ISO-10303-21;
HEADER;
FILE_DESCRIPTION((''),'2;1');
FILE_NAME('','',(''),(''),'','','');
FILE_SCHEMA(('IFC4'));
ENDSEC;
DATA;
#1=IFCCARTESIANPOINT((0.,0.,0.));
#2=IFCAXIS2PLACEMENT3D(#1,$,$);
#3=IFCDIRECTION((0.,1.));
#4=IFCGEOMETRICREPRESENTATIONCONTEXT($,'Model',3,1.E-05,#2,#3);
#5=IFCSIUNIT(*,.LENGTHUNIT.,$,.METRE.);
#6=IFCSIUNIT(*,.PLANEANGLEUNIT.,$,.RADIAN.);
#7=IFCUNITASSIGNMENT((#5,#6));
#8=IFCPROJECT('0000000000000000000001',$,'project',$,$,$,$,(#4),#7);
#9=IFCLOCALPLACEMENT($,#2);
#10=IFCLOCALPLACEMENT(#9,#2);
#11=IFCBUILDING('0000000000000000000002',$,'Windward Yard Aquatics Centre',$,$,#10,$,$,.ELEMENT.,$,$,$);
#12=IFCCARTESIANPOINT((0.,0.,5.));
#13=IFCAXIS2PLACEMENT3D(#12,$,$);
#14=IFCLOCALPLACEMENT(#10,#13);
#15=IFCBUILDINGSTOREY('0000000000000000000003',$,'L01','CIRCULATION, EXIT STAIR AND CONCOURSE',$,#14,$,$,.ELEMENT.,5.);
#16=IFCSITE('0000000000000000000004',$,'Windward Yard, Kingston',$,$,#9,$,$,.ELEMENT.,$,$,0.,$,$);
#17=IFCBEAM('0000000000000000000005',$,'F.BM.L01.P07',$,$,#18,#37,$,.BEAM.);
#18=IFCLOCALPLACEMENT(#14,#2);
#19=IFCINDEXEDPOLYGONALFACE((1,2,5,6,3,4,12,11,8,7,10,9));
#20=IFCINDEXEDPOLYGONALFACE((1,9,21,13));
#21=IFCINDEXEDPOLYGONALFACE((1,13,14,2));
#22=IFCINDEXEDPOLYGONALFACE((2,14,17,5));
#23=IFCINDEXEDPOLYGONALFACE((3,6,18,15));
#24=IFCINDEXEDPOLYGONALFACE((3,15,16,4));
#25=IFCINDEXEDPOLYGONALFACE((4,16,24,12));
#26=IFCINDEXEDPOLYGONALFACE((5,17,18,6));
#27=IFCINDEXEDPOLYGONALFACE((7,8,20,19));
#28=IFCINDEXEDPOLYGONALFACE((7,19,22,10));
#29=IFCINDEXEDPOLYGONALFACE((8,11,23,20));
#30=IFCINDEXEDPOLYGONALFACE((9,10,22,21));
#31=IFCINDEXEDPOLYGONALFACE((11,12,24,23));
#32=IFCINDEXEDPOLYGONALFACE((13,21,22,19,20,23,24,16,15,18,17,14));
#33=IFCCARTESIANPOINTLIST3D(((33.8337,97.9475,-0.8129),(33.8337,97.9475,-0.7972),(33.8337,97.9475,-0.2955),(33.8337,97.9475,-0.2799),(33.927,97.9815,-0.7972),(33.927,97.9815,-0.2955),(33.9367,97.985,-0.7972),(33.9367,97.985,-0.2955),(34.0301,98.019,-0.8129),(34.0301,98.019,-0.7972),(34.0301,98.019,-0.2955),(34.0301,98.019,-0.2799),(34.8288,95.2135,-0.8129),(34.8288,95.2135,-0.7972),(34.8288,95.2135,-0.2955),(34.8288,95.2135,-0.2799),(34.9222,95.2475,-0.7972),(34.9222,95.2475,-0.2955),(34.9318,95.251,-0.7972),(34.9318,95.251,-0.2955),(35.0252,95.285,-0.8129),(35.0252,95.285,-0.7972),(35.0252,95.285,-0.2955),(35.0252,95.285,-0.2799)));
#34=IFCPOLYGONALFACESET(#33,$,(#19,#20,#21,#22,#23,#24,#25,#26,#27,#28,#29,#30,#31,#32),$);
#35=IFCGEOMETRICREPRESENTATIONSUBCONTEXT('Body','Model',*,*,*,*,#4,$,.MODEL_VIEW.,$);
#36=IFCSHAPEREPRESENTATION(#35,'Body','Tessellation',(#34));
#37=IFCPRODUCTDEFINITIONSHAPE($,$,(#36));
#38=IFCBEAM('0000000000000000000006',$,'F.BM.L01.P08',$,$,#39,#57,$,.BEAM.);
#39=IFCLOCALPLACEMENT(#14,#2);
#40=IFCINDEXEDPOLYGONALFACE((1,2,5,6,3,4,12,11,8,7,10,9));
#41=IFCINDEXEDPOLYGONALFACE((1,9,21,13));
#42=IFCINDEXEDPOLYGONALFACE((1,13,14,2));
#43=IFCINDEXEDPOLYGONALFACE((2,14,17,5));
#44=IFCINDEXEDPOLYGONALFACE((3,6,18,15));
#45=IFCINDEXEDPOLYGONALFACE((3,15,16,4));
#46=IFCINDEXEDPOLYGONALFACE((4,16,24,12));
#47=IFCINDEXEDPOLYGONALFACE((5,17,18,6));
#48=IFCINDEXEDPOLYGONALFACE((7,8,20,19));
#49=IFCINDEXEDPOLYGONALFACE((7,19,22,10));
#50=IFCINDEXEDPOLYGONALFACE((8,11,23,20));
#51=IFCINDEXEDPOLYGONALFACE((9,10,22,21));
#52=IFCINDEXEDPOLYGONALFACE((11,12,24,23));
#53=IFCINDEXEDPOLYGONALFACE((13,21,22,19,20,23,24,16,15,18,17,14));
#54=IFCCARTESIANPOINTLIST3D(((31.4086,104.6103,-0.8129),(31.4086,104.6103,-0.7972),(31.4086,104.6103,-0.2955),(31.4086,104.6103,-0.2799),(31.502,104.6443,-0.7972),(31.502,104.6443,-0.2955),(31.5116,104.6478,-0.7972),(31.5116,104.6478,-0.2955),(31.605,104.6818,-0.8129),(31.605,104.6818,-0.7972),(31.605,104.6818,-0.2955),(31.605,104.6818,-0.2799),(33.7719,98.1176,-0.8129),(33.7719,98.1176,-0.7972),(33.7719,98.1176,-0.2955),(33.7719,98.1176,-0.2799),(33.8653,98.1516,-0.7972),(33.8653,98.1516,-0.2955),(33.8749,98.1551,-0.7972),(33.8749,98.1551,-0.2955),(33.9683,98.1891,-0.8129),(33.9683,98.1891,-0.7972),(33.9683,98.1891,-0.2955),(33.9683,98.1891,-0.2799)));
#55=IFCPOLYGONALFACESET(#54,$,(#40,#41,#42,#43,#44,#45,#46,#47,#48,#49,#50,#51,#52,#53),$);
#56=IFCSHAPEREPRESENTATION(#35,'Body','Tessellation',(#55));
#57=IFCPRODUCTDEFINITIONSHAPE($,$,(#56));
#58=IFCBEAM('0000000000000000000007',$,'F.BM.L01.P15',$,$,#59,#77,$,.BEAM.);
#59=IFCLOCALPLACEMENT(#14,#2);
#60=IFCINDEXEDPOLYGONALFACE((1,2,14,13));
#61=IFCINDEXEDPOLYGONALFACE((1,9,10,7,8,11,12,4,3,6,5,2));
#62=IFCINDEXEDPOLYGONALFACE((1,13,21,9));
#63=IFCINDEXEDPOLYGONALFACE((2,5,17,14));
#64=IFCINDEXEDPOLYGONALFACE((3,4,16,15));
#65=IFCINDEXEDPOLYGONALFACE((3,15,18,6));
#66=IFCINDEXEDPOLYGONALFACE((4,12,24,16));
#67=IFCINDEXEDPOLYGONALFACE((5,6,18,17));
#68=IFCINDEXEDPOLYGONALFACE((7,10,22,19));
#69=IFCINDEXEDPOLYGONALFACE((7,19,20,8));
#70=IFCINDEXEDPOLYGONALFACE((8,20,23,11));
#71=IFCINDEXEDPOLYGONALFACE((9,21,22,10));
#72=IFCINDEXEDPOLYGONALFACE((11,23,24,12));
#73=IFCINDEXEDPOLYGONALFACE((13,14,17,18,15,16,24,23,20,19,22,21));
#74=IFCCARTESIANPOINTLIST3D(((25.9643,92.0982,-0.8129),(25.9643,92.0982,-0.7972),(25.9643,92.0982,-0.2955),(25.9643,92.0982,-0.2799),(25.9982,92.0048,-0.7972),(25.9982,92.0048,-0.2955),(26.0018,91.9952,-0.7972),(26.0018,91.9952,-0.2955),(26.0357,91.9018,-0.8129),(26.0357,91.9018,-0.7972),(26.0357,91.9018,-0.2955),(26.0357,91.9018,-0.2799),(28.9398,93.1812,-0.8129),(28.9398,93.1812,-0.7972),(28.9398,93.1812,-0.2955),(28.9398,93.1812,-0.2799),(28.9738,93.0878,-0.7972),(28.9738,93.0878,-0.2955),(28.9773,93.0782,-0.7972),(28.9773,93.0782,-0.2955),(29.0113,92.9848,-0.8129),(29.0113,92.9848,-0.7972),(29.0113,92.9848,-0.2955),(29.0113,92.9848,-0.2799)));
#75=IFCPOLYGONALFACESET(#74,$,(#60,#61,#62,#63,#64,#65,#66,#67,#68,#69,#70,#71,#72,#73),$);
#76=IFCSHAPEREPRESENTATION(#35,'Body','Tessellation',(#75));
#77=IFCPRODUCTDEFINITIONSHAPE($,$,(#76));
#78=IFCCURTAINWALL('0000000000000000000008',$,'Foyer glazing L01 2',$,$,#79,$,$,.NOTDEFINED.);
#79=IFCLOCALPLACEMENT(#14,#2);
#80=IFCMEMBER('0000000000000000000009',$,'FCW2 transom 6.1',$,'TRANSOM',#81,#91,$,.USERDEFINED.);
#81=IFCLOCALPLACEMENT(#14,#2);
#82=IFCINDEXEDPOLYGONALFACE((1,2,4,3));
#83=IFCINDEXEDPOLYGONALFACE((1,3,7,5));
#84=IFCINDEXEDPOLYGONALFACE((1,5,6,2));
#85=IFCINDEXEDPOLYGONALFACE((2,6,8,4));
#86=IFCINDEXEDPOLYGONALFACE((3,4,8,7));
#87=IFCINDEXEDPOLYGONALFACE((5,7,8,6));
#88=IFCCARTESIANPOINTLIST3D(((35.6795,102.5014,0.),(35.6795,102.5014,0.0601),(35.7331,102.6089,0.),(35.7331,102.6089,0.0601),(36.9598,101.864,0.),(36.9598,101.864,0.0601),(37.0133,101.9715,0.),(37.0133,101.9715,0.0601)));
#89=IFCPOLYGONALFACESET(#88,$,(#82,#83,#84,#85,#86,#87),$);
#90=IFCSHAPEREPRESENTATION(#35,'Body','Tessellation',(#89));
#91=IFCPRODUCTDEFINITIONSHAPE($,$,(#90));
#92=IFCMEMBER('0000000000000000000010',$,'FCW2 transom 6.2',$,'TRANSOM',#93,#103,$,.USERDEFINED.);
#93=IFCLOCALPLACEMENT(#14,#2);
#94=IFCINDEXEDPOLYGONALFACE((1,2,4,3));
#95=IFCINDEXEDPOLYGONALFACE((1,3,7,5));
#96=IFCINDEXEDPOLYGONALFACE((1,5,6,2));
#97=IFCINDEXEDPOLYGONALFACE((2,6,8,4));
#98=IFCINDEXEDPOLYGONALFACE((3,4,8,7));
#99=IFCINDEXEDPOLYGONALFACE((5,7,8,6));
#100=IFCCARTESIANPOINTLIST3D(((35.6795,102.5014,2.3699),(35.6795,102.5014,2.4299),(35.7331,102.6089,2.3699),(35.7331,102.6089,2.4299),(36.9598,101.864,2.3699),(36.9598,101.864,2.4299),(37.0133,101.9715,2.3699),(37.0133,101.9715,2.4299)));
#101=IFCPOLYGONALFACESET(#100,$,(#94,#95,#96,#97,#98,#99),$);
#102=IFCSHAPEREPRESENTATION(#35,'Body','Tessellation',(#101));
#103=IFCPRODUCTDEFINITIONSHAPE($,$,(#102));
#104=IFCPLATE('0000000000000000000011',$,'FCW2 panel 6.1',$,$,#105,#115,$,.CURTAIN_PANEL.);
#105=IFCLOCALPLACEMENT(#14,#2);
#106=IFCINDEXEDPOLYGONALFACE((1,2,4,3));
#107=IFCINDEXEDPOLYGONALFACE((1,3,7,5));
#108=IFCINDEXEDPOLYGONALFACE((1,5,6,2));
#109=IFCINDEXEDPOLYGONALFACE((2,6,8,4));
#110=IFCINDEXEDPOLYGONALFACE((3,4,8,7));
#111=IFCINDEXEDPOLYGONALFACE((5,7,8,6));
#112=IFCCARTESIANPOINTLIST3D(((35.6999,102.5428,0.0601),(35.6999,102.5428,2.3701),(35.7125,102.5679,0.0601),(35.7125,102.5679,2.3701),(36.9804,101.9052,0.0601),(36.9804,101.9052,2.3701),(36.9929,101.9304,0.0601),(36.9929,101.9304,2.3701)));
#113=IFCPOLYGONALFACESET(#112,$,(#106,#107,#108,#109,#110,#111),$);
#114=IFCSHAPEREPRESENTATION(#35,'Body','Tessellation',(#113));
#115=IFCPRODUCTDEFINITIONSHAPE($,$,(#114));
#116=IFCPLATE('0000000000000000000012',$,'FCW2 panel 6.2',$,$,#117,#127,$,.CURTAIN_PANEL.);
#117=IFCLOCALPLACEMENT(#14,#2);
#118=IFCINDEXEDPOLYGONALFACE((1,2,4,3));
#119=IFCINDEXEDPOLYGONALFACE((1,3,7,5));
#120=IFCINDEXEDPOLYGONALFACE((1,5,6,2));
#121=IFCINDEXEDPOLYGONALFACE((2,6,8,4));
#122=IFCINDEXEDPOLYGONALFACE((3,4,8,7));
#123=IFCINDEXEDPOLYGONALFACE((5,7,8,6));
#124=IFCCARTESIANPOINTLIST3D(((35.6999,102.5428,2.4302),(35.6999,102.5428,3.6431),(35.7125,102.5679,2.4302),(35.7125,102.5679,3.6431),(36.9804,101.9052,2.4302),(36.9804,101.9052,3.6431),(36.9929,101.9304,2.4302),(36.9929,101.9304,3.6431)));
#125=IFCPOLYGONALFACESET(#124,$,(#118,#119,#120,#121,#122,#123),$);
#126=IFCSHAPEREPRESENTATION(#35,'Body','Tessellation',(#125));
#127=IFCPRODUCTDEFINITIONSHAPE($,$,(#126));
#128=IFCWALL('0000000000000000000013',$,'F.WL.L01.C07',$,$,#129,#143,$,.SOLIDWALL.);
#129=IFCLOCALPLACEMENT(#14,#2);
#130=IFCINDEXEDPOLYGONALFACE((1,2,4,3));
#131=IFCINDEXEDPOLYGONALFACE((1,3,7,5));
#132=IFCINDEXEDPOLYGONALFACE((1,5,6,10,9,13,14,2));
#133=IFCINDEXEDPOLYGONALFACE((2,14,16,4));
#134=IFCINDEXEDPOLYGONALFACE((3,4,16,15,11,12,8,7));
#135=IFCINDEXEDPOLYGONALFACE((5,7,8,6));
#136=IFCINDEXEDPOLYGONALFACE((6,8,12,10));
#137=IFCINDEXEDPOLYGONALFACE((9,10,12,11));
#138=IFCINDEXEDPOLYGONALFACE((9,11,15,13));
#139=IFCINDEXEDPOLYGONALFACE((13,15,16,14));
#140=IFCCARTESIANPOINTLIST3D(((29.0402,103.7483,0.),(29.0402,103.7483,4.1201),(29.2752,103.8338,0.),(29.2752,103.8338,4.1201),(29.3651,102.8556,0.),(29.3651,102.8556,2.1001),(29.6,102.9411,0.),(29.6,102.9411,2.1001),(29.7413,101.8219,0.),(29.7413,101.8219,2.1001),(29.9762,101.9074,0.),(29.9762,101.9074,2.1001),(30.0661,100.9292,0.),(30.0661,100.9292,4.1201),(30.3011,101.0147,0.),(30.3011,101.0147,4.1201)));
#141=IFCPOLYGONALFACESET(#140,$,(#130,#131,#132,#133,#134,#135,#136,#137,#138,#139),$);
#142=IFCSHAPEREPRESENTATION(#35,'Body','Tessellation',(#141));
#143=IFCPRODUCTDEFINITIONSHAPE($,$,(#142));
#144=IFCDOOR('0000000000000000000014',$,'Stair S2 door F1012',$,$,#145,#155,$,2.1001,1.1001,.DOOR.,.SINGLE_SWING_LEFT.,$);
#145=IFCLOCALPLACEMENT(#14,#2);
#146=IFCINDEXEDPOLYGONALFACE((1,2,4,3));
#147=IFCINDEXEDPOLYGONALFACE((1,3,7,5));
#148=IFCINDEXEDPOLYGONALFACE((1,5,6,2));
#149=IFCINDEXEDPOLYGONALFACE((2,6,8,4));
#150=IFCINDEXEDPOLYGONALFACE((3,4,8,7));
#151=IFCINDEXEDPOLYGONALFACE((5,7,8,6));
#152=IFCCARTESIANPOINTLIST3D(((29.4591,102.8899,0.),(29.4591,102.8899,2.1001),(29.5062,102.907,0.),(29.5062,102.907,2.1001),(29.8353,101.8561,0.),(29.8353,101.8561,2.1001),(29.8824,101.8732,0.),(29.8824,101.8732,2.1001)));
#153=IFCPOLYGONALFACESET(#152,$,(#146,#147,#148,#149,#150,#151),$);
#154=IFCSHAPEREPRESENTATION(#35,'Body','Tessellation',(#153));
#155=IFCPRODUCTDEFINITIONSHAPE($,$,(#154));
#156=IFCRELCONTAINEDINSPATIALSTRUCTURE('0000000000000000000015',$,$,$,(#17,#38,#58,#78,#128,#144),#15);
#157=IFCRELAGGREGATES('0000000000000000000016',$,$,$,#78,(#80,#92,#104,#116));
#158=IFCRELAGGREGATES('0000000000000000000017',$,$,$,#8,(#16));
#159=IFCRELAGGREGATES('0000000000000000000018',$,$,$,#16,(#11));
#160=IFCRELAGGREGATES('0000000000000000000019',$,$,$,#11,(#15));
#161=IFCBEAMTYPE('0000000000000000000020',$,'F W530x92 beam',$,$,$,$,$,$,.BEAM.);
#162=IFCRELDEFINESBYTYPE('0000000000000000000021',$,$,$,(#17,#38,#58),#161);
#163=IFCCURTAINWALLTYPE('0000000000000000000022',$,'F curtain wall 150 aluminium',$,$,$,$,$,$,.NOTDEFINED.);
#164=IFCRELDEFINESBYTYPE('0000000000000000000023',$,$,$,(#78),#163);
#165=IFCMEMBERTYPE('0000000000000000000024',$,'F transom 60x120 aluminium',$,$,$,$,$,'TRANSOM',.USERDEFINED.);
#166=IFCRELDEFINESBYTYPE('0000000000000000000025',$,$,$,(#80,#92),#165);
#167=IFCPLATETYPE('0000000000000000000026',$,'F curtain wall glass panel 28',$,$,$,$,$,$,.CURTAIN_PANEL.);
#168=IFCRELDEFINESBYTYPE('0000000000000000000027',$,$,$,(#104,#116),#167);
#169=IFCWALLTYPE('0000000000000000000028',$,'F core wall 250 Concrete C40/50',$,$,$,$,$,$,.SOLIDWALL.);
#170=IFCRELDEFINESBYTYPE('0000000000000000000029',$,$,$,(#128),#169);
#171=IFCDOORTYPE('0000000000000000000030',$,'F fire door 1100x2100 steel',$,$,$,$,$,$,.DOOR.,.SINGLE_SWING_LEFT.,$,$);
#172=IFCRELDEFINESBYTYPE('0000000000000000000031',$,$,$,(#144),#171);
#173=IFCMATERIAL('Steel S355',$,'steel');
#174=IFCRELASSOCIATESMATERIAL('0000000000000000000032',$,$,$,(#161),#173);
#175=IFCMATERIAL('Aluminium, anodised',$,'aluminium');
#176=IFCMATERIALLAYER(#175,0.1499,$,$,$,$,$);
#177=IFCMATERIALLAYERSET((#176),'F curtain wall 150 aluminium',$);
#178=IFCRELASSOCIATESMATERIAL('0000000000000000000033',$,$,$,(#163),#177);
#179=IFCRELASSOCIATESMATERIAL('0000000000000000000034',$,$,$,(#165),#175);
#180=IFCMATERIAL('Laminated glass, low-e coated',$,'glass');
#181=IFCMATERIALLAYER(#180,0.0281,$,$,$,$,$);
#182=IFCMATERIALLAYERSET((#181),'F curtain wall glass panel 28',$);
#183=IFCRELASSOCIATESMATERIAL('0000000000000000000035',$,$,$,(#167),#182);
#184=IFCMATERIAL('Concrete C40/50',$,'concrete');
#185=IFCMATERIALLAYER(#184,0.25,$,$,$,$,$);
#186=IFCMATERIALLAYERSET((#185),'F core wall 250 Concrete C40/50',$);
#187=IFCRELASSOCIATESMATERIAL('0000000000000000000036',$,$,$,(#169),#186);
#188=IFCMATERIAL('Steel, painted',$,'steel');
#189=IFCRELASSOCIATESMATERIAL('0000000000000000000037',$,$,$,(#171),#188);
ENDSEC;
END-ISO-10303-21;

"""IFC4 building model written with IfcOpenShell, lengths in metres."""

from ifc_helpers import new_model, si_unit, direction, frame, frame_2d, origin, origin_2d, place, context, subcontext, project, spatial, rectangle, i_section, extrude, material, layer, layer_set, material_profile, profile_set, type_object, element, fill, aggregate, save


model = new_model("IFC4")

# Units and contexts
model_context = context("Model", 3, precision=1e-05, world=origin(), true_north=direction((0.0, 1.0)))
body_context = subcontext(model_context, "Body", "Model", "MODEL_VIEW")
ifc_project = project(units=[si_unit("LENGTHUNIT", "METRE"), si_unit("PLANEANGLEUNIT", "RADIAN")], contexts=[model_context])

# Site, building, storey
site_placement = place(None, origin())
site = spatial("IfcSite", under=ifc_project, at=site_placement, Name="Windward Yard, Kingston", CompositionType="ELEMENT", RefElevation=0.0)
building_placement = place(site_placement, origin())
building = spatial("IfcBuilding", under=site, at=building_placement, Name="Windward Yard Aquatics Centre", CompositionType="ELEMENT")
storey_placement = place(building_placement, frame((0.0, 0.0, 5.0)))
storey = spatial("IfcBuildingStorey", under=building, at=storey_placement, Name="L01", Description="CIRCULATION, EXIT STAIR AND CONCOURSE", CompositionType="ELEMENT", Elevation=5.0)

# Shared definitions
ifc_material_1 = material(Name="Concrete C40/50", Category="concrete")

# Beams
ifc_material_2 = material(Name="Steel S355", Category="steel")
ifc_material_profile_1 = material_profile(ifc_material_2, i_section(OverallWidth=0.209, OverallDepth=0.533, WebThickness=0.0103, FlangeThickness=0.0156, at=origin_2d()), Name="W530x92")
ifc_profile_set_1 = profile_set([ifc_material_profile_1], Name="Steel S355")
beam_type_1 = type_object("IfcBeamType", Name="F W530x92 beam", PredefinedType="BEAM", material=ifc_profile_set_1)
beam_1_placement = place(storey_placement, frame((34.927, 95.2493, -0.5464), z_axis=(-0.34204, 0.939686, 0.0), x_axis=(-0.939686, -0.34204, 0.0)))
element("IfcBeam", 1, at=beam_1_placement, inside=storey, type_object=beam_type_1, Name="F.BM.L01.P07", PredefinedType="BEAM", context=body_context, shape_type="SweptSolid", body=[
    extrude(i_section(OverallWidth=0.209, OverallDepth=0.533, WebThickness=0.0103, FlangeThickness=0.0156, at=origin_2d()), origin(), (0.0, 0.0, 1.0), 2.9094),
])
beam_2_placement = place(storey_placement, frame((33.8701, 98.1533, -0.5464), z_axis=(-0.342038, 0.939686, 0.0), x_axis=(-0.939686, -0.342038, 0.0)))
element("IfcBeam", 2, at=beam_2_placement, inside=storey, type_object=beam_type_1, Name="F.BM.L01.P08", PredefinedType="BEAM", context=body_context, shape_type="SweptSolid", body=[
    extrude(i_section(OverallWidth=0.209, OverallDepth=0.533, WebThickness=0.0103, FlangeThickness=0.0156, at=origin_2d()), origin(), (0.0, 0.0, 1.0), 6.9094),
])
beam_3_placement = place(storey_placement, frame((26.0, 92.0, -0.5464), z_axis=(0.939694, 0.342015, 0.0), x_axis=(-0.342015, 0.939694, 0.0)))
element("IfcBeam", 3, at=beam_3_placement, inside=storey, type_object=beam_type_1, Name="F.BM.L01.P15", PredefinedType="BEAM", context=body_context, shape_type="SweptSolid", body=[
    extrude(i_section(OverallWidth=0.209, OverallDepth=0.533, WebThickness=0.0103, FlangeThickness=0.0156, at=origin_2d()), origin(), (0.0, 0.0, 1.0), 3.1665),
])

# Curtain wall, members, plates
ifc_material_3 = material(Name="Aluminium, anodised", Category="aluminium")
ifc_layer_1 = layer(ifc_material_3, 0.1499)
ifc_layer_set_1 = layer_set([ifc_layer_1], Name="F curtain wall 150 aluminium")
curtain_wall_type = type_object("IfcCurtainWallType", Name="F curtain wall 150 aluminium", PredefinedType="NOTDEFINED", material=ifc_layer_set_1)
curtain_wall_placement = place(storey_placement, origin())
curtain_wall = element("IfcCurtainWall", 4, at=curtain_wall_placement, inside=storey, type_object=curtain_wall_type, Name="Foyer glazing L01 2", PredefinedType="NOTDEFINED")
ifc_material_profile_2 = material_profile(ifc_material_3, rectangle(XDim=0.1201, YDim=0.0601, at=origin_2d()), Name="TRANSOM 60x120")
ifc_profile_set_2 = profile_set([ifc_material_profile_2], Name="Aluminium, anodised")
member_type = type_object("IfcMemberType", Name="F transom 60x120 aluminium", ElementType="TRANSOM", PredefinedType="USERDEFINED", material=ifc_profile_set_2)
member_1_placement = place(storey_placement, frame((36.9866, 101.9177, 0.03), z_axis=(-0.895177, 0.445711, 0.0), x_axis=(-0.445711, -0.895177, 0.0)))
member_1 = element("IfcMember", 5, at=member_1_placement, type_object=member_type, Name="FCW2 transom 6.1", ObjectType="TRANSOM", PredefinedType="USERDEFINED", context=body_context, shape_type="SweptSolid", body=[
    extrude(rectangle(XDim=0.1201, YDim=0.0601, at=origin_2d()), origin(), (0.0, 0.0, 1.0), 1.4302),
])
member_2_placement = place(storey_placement, frame((36.9866, 101.9177, 2.3999), z_axis=(-0.895177, 0.445711, 0.0), x_axis=(-0.445711, -0.895177, 0.0)))
member_2 = element("IfcMember", 6, at=member_2_placement, type_object=member_type, Name="FCW2 transom 6.2", ObjectType="TRANSOM", PredefinedType="USERDEFINED", context=body_context, shape_type="SweptSolid", body=[
    extrude(rectangle(XDim=0.1201, YDim=0.0601, at=origin_2d()), origin(), (0.0, 0.0, 1.0), 1.4302),
])
ifc_material_4 = material(Name="Laminated glass, low-e coated", Category="glass")
ifc_layer_2 = layer(ifc_material_4, 0.0281)
ifc_layer_set_2 = layer_set([ifc_layer_2], Name="F curtain wall glass panel 28")
plate_type = type_object("IfcPlateType", Name="F curtain wall glass panel 28", PredefinedType="CURTAIN_PANEL", material=ifc_layer_set_2)
plate_1_placement = place(storey_placement, frame((36.3464, 102.2366, 0.0601), z_axis=(0.0, 0.0, 1.0), x_axis=(-0.895179, 0.445707, 0.0)))
plate_1 = element("IfcPlate", 7, at=plate_1_placement, type_object=plate_type, Name="FCW2 panel 6.1", PredefinedType="CURTAIN_PANEL", context=body_context, shape_type="SweptSolid", body=[
    extrude(rectangle(XDim=1.4304, YDim=0.0281, at=origin_2d()), origin(), (0.0, 0.0, 1.0), 2.3101),
])
plate_2_placement = place(storey_placement, frame((36.3464, 102.2366, 2.4302), z_axis=(0.0, 0.0, 1.0), x_axis=(-0.895179, 0.445707, 0.0)))
plate_2 = element("IfcPlate", 8, at=plate_2_placement, type_object=plate_type, Name="FCW2 panel 6.2", PredefinedType="CURTAIN_PANEL", context=body_context, shape_type="SweptSolid", body=[
    extrude(rectangle(XDim=1.4304, YDim=0.0281, at=origin_2d()), origin(), (0.0, 0.0, 1.0), 1.2129),
])
aggregate(curtain_wall, [member_1, member_2, plate_1, plate_2])

# Wall, opening, door
ifc_layer_3 = layer(ifc_material_1, 0.25)
ifc_layer_set_3 = layer_set([ifc_layer_3], Name="F core wall 250 Concrete C40/50")
wall_type_1 = type_object("IfcWallType", Name="F core wall 250 Concrete C40/50", PredefinedType="SOLIDWALL", material=ifc_layer_set_3)
wall_1_placement = place(storey_placement, frame((30.1836, 100.9719, 0.0), z_axis=(0.0, 0.0, 1.0), x_axis=(-0.341965, 0.939713, 0.0)))
wall_1 = element("IfcWall", 9, at=wall_1_placement, inside=storey, type_object=wall_type_1, Name="F.WL.L01.C07", PredefinedType="SOLIDWALL", context=body_context, shape_type="SweptSolid", body=[
    extrude(rectangle(XDim=3.0, YDim=0.25, at=frame_2d((1.5, 0.0))), origin(), (0.0, 0.0, 1.0), 4.1201),
])
opening_1_placement = place(wall_1_placement, frame((0.95, 0.0, 0.0)))
opening_1 = element("IfcOpeningElement", 10, at=opening_1_placement, cuts=wall_1, PredefinedType="OPENING", context=body_context, shape_type="SweptSolid", body=[
    extrude(rectangle(XDim=1.1001, YDim=2.1001, at=frame_2d((0.55, 1.05))), frame((0.0, 0.135, 0.0), z_axis=(0.0, -1.0, 0.0), x_axis=(1.0, 0.0, 0.0)), (0.0, 0.0, 1.0), 0.27),
])
ifc_material_5 = material(Name="Steel, painted", Category="steel")
door_type_1 = type_object("IfcDoorType", Name="F fire door 1100x2100 steel", OperationType="SINGLE_SWING_LEFT", PredefinedType="DOOR", material=ifc_material_5)
door_1_placement = place(opening_1_placement, origin())
door_1 = element("IfcDoor", 11, at=door_1_placement, inside=storey, type_object=door_type_1, Name="Stair S2 door F1012", OperationType="SINGLE_SWING_LEFT", OverallHeight=2.1001, OverallWidth=1.1001, PredefinedType="DOOR", context=body_context, shape_type="SweptSolid", body=[
    extrude(rectangle(XDim=1.1001, YDim=2.1001, at=frame_2d((0.55, 1.05))), frame((0.0, 0.0249, 0.0), z_axis=(0.0, -1.0, 0.0), x_axis=(1.0, 0.0, 0.0)), (0.0, 0.0, 1.0), 0.05),
])
fill(opening_1, door_1)

save(model, "model.ifc")
